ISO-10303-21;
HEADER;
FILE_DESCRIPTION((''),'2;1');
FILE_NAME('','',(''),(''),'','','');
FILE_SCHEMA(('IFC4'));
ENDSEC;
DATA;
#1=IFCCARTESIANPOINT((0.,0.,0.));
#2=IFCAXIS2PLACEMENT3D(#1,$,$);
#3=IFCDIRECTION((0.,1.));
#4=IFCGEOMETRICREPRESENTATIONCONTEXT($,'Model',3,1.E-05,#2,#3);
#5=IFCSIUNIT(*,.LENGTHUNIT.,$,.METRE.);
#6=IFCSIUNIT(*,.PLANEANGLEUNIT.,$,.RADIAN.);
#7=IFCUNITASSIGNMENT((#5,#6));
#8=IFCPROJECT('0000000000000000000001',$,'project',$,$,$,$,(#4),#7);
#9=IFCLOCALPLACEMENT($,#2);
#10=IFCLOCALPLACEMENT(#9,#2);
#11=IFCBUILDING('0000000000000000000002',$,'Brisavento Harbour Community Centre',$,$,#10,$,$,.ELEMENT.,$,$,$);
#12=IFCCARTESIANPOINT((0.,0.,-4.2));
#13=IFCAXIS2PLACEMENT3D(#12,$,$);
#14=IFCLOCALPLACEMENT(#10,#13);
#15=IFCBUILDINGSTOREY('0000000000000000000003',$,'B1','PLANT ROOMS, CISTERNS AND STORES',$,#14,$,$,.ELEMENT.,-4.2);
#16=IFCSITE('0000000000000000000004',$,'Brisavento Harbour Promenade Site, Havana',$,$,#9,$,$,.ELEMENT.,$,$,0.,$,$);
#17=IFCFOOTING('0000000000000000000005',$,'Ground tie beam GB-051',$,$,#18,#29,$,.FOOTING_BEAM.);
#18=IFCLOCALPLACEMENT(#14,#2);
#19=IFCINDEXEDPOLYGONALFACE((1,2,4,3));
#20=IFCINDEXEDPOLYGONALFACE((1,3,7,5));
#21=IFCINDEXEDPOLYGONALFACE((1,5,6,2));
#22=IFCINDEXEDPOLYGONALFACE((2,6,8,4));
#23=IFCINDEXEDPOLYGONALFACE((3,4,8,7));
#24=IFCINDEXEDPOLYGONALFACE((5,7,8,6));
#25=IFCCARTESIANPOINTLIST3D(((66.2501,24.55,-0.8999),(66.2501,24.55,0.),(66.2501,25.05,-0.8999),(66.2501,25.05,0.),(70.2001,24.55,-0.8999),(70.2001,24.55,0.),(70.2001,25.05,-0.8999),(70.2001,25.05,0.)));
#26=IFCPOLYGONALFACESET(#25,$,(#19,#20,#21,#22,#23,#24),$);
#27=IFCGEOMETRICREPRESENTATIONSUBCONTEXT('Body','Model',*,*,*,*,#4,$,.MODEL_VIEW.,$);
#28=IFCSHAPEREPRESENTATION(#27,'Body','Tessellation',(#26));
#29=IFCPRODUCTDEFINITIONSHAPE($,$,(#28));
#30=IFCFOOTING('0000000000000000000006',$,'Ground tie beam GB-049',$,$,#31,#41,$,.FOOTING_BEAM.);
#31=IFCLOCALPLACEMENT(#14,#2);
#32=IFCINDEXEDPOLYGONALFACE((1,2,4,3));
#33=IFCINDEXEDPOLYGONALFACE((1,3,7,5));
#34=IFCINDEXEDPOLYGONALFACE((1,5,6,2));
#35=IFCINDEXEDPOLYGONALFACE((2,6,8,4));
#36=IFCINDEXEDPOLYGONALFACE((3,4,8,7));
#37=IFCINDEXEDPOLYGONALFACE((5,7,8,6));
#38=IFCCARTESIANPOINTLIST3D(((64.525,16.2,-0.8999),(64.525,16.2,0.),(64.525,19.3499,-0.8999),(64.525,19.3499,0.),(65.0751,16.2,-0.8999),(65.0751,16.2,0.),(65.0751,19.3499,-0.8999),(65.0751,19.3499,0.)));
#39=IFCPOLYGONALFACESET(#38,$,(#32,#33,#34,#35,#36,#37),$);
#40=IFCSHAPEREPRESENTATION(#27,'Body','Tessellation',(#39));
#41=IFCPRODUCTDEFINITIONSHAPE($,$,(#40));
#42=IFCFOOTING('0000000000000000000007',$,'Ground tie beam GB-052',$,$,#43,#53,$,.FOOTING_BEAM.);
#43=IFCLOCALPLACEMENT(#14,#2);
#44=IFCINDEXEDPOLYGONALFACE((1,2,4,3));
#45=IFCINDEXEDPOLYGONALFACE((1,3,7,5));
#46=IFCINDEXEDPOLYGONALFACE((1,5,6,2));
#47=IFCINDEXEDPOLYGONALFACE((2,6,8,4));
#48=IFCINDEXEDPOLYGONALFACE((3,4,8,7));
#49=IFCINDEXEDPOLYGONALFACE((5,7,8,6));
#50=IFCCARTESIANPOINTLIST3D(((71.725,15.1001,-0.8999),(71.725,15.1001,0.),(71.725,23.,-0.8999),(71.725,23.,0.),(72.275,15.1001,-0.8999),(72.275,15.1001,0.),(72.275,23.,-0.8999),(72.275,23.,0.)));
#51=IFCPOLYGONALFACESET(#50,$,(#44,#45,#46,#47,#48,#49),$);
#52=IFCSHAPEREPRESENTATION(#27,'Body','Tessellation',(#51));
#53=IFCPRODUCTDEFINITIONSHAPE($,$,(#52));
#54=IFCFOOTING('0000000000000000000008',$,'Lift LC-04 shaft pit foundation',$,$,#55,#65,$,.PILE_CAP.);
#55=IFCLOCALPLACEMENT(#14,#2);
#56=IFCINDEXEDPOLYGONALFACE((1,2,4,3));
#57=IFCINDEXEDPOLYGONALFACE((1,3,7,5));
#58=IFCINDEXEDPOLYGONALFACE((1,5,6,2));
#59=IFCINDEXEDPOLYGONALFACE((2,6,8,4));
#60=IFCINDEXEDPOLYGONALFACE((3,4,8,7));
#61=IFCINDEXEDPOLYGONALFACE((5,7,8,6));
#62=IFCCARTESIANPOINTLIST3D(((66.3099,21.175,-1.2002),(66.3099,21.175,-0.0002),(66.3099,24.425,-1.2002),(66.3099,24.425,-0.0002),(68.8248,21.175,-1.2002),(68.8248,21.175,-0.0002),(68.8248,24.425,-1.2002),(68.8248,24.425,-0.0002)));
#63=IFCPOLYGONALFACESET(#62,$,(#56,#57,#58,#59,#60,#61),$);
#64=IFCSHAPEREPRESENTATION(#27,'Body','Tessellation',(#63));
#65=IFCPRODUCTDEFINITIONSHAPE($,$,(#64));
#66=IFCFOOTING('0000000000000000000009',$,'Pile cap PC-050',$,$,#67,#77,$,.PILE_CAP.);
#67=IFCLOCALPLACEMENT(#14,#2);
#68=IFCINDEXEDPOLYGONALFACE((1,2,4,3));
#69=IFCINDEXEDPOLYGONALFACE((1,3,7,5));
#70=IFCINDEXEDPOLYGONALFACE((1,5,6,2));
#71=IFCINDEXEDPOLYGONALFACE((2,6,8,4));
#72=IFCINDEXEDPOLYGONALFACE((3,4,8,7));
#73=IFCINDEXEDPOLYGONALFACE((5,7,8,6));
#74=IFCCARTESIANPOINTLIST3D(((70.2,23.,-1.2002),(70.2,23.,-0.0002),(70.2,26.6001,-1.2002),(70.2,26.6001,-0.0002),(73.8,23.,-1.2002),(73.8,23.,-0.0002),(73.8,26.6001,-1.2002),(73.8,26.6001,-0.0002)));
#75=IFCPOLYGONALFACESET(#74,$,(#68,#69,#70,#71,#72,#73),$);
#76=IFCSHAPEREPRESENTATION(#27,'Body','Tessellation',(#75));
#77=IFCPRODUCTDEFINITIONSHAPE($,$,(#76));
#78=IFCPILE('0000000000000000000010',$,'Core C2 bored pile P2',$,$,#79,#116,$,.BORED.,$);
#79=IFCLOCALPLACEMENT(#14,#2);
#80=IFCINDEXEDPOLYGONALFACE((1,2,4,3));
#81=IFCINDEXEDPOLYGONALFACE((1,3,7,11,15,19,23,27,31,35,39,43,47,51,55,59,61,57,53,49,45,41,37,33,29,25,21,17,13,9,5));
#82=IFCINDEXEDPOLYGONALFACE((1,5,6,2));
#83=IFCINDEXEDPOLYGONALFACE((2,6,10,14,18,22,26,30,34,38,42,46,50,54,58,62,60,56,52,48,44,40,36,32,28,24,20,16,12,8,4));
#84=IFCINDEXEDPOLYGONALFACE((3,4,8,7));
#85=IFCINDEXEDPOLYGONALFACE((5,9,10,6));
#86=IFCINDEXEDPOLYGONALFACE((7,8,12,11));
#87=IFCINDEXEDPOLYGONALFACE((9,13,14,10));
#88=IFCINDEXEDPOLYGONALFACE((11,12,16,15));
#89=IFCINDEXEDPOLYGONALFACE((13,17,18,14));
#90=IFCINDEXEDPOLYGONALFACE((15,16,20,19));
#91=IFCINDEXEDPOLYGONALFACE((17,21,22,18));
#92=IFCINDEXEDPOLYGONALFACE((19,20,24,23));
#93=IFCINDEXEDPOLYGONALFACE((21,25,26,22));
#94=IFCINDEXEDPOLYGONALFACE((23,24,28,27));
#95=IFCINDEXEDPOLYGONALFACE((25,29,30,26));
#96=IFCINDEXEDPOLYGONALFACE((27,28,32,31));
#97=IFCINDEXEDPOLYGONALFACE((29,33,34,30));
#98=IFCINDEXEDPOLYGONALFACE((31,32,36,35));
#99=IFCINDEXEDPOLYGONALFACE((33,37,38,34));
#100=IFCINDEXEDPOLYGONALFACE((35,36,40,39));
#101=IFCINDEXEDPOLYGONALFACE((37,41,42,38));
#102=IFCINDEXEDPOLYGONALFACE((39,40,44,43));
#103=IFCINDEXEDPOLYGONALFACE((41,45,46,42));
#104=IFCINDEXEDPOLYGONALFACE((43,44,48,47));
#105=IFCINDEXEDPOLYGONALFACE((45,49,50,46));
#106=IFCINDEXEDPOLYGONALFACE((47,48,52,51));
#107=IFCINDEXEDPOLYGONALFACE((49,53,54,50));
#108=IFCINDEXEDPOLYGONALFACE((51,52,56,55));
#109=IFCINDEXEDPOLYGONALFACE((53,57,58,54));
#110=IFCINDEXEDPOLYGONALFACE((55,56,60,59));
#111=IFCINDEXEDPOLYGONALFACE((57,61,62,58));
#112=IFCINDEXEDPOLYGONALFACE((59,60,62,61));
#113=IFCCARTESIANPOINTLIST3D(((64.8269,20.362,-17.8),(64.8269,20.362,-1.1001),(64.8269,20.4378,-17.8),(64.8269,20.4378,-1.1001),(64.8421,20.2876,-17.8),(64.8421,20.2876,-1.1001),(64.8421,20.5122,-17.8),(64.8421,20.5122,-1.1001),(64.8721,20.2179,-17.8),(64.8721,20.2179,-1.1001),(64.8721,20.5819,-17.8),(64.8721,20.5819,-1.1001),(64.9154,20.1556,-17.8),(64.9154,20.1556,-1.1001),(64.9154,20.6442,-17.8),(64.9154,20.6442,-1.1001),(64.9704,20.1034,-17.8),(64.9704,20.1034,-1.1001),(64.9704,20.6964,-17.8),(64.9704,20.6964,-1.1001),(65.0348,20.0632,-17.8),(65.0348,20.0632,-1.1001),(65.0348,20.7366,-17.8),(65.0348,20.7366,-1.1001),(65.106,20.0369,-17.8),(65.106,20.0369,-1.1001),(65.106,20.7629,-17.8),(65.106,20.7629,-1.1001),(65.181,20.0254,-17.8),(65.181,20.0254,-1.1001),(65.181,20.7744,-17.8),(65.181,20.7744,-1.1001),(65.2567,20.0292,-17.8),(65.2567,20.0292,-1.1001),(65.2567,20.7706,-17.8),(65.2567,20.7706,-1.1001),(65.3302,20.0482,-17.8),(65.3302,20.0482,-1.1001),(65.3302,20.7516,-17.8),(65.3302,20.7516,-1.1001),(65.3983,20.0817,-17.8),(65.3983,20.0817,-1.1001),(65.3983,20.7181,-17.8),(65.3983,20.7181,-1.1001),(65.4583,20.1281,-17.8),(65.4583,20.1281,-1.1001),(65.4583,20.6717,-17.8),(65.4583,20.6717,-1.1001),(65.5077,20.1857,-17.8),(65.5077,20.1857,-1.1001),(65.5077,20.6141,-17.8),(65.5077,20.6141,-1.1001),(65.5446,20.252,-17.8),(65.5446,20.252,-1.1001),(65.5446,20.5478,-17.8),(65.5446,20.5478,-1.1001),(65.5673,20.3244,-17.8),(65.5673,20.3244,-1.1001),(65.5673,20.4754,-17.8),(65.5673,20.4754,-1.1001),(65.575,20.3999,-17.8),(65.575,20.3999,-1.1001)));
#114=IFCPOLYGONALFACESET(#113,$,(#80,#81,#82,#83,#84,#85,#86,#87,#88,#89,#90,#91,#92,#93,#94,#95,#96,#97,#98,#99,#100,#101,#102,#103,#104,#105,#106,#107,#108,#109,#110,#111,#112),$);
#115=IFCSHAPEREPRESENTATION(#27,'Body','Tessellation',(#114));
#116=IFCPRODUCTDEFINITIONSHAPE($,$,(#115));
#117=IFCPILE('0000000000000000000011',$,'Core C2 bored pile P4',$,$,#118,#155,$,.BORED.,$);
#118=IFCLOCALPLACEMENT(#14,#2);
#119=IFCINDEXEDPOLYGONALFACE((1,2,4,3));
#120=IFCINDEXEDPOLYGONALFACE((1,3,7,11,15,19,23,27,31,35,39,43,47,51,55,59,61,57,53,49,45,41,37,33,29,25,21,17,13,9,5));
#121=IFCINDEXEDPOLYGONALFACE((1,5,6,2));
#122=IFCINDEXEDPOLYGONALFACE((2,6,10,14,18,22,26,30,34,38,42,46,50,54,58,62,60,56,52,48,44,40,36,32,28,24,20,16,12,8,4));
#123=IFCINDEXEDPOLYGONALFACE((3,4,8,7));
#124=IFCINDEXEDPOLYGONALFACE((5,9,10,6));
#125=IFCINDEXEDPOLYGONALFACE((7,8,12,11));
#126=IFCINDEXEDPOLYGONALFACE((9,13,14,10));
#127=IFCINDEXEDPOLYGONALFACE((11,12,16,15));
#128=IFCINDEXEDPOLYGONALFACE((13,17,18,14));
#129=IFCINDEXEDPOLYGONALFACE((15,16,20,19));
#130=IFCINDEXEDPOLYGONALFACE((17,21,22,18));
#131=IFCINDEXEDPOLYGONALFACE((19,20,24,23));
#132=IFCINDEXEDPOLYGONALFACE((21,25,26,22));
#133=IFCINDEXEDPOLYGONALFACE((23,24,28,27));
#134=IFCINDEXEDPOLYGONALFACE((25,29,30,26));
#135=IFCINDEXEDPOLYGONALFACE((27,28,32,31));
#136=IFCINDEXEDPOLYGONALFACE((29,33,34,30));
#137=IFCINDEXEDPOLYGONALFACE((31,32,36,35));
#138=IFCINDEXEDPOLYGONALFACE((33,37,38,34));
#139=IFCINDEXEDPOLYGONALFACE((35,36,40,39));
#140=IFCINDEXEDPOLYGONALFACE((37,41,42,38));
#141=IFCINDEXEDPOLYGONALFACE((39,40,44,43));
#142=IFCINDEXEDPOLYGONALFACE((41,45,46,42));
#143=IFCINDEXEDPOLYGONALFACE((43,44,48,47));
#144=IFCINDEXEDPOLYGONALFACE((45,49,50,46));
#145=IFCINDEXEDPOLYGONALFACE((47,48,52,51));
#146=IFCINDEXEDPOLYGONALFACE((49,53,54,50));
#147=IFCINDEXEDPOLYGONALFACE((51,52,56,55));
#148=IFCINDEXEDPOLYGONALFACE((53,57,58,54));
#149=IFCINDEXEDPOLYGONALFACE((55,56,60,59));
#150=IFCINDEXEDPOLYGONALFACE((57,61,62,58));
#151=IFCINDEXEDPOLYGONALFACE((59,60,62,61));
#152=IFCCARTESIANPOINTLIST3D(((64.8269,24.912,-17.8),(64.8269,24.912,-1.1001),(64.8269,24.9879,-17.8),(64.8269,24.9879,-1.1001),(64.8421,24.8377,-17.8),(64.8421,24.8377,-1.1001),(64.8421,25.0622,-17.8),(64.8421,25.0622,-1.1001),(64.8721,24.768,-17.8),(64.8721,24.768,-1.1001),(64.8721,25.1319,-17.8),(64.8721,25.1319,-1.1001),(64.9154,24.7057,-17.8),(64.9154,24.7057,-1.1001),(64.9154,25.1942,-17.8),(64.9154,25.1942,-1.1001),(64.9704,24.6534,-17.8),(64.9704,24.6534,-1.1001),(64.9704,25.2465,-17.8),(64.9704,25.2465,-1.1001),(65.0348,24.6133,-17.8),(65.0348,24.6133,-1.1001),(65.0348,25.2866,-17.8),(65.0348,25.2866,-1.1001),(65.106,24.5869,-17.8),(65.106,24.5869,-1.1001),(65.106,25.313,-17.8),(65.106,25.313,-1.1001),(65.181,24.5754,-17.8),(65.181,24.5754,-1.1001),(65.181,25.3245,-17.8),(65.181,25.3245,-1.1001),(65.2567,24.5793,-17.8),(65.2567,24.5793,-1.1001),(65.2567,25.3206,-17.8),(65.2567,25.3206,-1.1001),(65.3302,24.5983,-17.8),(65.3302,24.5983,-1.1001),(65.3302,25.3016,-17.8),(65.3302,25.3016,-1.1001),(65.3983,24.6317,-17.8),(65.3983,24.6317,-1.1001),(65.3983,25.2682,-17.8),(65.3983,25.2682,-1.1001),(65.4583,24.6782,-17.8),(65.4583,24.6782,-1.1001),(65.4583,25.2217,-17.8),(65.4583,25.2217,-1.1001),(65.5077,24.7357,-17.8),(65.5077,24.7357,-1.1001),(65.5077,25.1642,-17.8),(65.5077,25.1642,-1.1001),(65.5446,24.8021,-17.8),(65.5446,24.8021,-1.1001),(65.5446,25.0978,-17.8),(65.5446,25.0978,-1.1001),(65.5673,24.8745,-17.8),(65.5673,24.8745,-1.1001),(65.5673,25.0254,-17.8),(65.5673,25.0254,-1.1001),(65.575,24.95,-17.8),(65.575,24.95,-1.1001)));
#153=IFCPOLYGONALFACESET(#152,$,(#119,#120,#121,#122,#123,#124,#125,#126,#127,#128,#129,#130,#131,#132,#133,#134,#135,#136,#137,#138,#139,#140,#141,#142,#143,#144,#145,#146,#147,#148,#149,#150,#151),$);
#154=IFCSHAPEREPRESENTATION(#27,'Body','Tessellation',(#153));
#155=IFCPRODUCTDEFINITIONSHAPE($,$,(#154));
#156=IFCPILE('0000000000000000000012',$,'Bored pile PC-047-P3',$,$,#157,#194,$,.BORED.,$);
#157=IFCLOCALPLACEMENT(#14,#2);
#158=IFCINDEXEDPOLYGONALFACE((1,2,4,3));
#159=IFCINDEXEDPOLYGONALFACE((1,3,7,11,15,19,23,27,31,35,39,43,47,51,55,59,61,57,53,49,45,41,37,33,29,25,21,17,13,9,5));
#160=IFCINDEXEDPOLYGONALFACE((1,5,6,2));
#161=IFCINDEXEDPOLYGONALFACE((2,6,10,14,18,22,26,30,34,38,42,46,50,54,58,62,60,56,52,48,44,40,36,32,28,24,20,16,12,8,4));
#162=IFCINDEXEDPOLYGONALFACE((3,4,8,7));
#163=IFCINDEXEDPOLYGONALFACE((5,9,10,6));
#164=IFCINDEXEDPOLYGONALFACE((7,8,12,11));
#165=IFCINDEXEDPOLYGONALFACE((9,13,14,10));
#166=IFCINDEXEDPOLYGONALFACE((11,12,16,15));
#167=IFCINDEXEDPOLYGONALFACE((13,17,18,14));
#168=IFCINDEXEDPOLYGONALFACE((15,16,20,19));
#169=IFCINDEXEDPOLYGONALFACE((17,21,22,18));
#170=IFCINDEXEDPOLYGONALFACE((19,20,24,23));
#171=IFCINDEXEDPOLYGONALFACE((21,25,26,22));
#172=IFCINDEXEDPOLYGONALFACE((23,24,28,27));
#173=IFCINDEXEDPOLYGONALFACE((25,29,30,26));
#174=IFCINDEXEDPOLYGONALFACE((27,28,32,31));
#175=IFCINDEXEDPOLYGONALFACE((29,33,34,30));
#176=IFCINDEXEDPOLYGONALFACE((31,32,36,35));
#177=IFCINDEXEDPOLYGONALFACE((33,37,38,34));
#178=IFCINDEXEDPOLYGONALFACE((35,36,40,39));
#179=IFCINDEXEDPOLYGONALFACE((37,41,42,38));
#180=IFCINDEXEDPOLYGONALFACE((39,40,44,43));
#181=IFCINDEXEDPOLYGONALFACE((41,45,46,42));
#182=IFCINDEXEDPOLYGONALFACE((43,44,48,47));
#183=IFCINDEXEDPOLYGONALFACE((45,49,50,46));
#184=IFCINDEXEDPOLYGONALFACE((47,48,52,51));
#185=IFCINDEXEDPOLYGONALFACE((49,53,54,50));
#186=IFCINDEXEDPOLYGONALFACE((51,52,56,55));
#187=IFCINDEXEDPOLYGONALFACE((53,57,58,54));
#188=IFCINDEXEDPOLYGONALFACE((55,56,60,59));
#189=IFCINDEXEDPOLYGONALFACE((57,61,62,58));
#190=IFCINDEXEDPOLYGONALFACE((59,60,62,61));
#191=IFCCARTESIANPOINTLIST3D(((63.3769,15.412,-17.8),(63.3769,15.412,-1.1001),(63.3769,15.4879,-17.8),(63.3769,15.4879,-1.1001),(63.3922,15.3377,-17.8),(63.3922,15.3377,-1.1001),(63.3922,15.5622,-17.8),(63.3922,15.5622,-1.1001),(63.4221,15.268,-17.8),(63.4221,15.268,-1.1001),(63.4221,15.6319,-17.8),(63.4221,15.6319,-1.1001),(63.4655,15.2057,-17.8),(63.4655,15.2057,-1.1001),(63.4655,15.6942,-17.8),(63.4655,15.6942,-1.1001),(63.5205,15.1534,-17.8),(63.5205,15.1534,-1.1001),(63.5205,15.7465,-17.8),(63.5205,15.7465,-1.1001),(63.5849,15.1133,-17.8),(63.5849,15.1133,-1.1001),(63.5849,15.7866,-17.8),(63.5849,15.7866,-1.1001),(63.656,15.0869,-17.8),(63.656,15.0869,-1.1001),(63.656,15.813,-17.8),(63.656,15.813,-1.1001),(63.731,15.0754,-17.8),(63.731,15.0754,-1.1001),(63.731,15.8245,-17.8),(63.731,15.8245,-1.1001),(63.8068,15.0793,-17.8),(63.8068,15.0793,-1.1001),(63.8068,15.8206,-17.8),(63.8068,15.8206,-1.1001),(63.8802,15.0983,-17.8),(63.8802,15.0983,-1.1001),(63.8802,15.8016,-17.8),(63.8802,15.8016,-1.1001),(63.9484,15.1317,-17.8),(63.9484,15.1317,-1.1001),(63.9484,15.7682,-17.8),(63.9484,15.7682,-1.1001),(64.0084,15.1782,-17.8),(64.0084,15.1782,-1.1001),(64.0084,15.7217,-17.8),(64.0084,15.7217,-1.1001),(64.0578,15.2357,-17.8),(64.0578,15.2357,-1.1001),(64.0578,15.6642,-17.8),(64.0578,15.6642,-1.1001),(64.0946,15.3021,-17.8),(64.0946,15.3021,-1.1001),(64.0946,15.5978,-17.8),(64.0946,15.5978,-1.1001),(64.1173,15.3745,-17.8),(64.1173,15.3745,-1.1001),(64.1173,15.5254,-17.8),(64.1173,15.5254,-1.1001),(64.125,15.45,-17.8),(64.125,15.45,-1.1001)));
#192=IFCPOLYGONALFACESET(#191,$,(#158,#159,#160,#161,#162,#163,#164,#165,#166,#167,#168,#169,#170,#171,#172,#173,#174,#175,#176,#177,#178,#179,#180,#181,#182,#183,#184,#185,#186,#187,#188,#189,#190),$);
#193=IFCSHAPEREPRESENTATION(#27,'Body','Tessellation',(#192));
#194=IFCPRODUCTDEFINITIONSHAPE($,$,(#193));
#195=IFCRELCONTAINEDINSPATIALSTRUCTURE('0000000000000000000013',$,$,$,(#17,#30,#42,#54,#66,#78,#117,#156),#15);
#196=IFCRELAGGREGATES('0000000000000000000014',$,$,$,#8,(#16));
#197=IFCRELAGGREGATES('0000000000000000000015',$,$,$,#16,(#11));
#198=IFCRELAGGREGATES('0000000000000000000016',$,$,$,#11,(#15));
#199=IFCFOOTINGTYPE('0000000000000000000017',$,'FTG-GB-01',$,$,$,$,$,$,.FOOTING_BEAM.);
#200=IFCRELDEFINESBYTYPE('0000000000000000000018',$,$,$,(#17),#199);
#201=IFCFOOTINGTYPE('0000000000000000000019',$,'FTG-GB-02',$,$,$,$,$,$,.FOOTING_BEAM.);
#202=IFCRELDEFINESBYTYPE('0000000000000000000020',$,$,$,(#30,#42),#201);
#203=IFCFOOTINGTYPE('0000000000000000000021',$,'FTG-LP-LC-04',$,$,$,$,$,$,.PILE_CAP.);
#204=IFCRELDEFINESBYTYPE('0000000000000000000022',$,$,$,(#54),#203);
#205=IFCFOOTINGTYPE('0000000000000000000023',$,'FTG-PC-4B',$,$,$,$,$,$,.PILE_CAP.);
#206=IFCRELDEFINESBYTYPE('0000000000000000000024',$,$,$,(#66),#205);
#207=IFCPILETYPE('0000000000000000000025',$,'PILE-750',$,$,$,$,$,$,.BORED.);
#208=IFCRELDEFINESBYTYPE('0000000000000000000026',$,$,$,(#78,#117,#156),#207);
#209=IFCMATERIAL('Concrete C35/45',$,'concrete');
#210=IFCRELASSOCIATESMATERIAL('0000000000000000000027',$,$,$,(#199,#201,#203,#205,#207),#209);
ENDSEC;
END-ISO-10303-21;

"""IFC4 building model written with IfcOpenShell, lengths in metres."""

from ifc_helpers import new_model, si_unit, direction, frame, origin, origin_2d, place, context, subcontext, project, spatial, rectangle, circle, extrude, material, material_profile, profile_set, type_object, element, save


model = new_model("IFC4")

# Units and contexts
model_context = context("Model", 3, precision=1e-05, world=origin(), true_north=direction((0.0, 1.0)))
body_context = subcontext(model_context, "Body", "Model", "MODEL_VIEW")
ifc_project = project(units=[si_unit("LENGTHUNIT", "METRE"), si_unit("PLANEANGLEUNIT", "RADIAN")], contexts=[model_context])

# Site, building, storey
site_placement = place(None, origin())
site = spatial("IfcSite", under=ifc_project, at=site_placement, Name="Brisavento Harbour Promenade Site, Havana", CompositionType="ELEMENT", RefElevation=0.0)
building_placement = place(site_placement, origin())
building = spatial("IfcBuilding", under=site, at=building_placement, Name="Brisavento Harbour Community Centre", CompositionType="ELEMENT")
storey_placement = place(building_placement, frame((0.0, 0.0, -4.2)))
storey = spatial("IfcBuildingStorey", under=building, at=storey_placement, Name="B1", Description="PLANT ROOMS, CISTERNS AND STORES", CompositionType="ELEMENT", Elevation=-4.2)

# Footings
ifc_material_1 = material(Name="Concrete C35/45", Category="concrete")
footing_type_1 = type_object("IfcFootingType", Name="FTG-GB-01", PredefinedType="FOOTING_BEAM", material=ifc_material_1)
footing_1_placement = place(storey_placement, frame((68.2251, 24.8, -0.8999), z_axis=(0.0, 0.0, 1.0), x_axis=(1.0, 0.0, 0.0)))
element("IfcFooting", 1, at=footing_1_placement, inside=storey, type_object=footing_type_1, Name="Ground tie beam GB-051", PredefinedType="FOOTING_BEAM", context=body_context, shape_type="SweptSolid", body=[
    extrude(rectangle(XDim=3.95, YDim=0.5, at=origin_2d()), origin(), (0.0, 0.0, 1.0), 0.8999),
])
footing_type_2 = type_object("IfcFootingType", Name="FTG-GB-02", PredefinedType="FOOTING_BEAM", material=ifc_material_1)
footing_2_placement = place(storey_placement, frame((64.8, 17.7749, -0.8999), z_axis=(0.0, 0.0, 1.0), x_axis=(1.0, 0.0, 0.0)))
element("IfcFooting", 2, at=footing_2_placement, inside=storey, type_object=footing_type_2, Name="Ground tie beam GB-049", PredefinedType="FOOTING_BEAM", context=body_context, shape_type="SweptSolid", body=[
    extrude(rectangle(XDim=0.55, YDim=3.1499, at=origin_2d()), origin(), (0.0, 0.0, 1.0), 0.8999),
])
footing_3_placement = place(storey_placement, frame((72.0, 19.05, -0.8999), z_axis=(0.0, 0.0, 1.0), x_axis=(1.0, 0.0, 0.0)))
element("IfcFooting", 3, at=footing_3_placement, inside=storey, type_object=footing_type_2, Name="Ground tie beam GB-052", PredefinedType="FOOTING_BEAM", context=body_context, shape_type="SweptSolid", body=[
    extrude(rectangle(XDim=0.55, YDim=7.8999, at=origin_2d()), origin(), (0.0, 0.0, 1.0), 0.8999),
])
footing_type_3 = type_object("IfcFootingType", Name="FTG-LP-LC-04", PredefinedType="PILE_CAP", material=ifc_material_1)
footing_4_placement = place(storey_placement, frame((67.5674, 22.8, -1.2002), z_axis=(0.0, 0.0, 1.0), x_axis=(1.0, 0.0, 0.0)))
element("IfcFooting", 4, at=footing_4_placement, inside=storey, type_object=footing_type_3, Name="Lift LC-04 shaft pit foundation", PredefinedType="PILE_CAP", context=body_context, shape_type="SweptSolid", body=[
    extrude(rectangle(XDim=2.5149, YDim=3.25, at=origin_2d()), origin(), (0.0, 0.0, 1.0), 1.2),
])
footing_type_4 = type_object("IfcFootingType", Name="FTG-PC-4B", PredefinedType="PILE_CAP", material=ifc_material_1)
footing_5_placement = place(storey_placement, frame((72.0, 24.8, -1.2002), z_axis=(0.0, 0.0, 1.0), x_axis=(1.0, 0.0, 0.0)))
element("IfcFooting", 5, at=footing_5_placement, inside=storey, type_object=footing_type_4, Name="Pile cap PC-050", PredefinedType="PILE_CAP", context=body_context, shape_type="SweptSolid", body=[
    extrude(rectangle(XDim=3.6001, YDim=3.6001, at=origin_2d()), origin(), (0.0, 0.0, 1.0), 1.2),
])

# Piles
ifc_material_profile_1 = material_profile(ifc_material_1, circle(Radius=0.375, at=origin_2d()), Name="Concrete C35/45")
ifc_profile_set_1 = profile_set([ifc_material_profile_1], Name="Concrete C35/45")
pile_type = type_object("IfcPileType", Name="PILE-750", PredefinedType="BORED", material=ifc_profile_set_1)
for number, where, z_axis, x_axis, name in (
    (6, (65.2, 20.3999, -1.1001), (0.0, 0.0, -1.0), (1.0, 0.0, 0.0), "Core C2 bored pile P2"),
    (7, (65.2, 24.95, -1.1001), (0.0, 0.0, -1.0), (1.0, 0.0, 0.0), "Core C2 bored pile P4"),
    (8, (63.75, 15.45, -1.1001), (0.0, 0.0, -1.0), (1.0, 0.0, 0.0), "Bored pile PC-047-P3"),
):
    element("IfcPile", number, at=place(storey_placement, frame(where, z_axis=z_axis, x_axis=x_axis)), inside=storey, type_object=pile_type, Name=name, PredefinedType="BORED", context=body_context, shape_type="SweptSolid", body=[
        extrude(circle(Radius=0.375, at=origin_2d()), origin(), (0.0, 0.0, 1.0), 16.7),
    ])

save(model, "model.ifc")
